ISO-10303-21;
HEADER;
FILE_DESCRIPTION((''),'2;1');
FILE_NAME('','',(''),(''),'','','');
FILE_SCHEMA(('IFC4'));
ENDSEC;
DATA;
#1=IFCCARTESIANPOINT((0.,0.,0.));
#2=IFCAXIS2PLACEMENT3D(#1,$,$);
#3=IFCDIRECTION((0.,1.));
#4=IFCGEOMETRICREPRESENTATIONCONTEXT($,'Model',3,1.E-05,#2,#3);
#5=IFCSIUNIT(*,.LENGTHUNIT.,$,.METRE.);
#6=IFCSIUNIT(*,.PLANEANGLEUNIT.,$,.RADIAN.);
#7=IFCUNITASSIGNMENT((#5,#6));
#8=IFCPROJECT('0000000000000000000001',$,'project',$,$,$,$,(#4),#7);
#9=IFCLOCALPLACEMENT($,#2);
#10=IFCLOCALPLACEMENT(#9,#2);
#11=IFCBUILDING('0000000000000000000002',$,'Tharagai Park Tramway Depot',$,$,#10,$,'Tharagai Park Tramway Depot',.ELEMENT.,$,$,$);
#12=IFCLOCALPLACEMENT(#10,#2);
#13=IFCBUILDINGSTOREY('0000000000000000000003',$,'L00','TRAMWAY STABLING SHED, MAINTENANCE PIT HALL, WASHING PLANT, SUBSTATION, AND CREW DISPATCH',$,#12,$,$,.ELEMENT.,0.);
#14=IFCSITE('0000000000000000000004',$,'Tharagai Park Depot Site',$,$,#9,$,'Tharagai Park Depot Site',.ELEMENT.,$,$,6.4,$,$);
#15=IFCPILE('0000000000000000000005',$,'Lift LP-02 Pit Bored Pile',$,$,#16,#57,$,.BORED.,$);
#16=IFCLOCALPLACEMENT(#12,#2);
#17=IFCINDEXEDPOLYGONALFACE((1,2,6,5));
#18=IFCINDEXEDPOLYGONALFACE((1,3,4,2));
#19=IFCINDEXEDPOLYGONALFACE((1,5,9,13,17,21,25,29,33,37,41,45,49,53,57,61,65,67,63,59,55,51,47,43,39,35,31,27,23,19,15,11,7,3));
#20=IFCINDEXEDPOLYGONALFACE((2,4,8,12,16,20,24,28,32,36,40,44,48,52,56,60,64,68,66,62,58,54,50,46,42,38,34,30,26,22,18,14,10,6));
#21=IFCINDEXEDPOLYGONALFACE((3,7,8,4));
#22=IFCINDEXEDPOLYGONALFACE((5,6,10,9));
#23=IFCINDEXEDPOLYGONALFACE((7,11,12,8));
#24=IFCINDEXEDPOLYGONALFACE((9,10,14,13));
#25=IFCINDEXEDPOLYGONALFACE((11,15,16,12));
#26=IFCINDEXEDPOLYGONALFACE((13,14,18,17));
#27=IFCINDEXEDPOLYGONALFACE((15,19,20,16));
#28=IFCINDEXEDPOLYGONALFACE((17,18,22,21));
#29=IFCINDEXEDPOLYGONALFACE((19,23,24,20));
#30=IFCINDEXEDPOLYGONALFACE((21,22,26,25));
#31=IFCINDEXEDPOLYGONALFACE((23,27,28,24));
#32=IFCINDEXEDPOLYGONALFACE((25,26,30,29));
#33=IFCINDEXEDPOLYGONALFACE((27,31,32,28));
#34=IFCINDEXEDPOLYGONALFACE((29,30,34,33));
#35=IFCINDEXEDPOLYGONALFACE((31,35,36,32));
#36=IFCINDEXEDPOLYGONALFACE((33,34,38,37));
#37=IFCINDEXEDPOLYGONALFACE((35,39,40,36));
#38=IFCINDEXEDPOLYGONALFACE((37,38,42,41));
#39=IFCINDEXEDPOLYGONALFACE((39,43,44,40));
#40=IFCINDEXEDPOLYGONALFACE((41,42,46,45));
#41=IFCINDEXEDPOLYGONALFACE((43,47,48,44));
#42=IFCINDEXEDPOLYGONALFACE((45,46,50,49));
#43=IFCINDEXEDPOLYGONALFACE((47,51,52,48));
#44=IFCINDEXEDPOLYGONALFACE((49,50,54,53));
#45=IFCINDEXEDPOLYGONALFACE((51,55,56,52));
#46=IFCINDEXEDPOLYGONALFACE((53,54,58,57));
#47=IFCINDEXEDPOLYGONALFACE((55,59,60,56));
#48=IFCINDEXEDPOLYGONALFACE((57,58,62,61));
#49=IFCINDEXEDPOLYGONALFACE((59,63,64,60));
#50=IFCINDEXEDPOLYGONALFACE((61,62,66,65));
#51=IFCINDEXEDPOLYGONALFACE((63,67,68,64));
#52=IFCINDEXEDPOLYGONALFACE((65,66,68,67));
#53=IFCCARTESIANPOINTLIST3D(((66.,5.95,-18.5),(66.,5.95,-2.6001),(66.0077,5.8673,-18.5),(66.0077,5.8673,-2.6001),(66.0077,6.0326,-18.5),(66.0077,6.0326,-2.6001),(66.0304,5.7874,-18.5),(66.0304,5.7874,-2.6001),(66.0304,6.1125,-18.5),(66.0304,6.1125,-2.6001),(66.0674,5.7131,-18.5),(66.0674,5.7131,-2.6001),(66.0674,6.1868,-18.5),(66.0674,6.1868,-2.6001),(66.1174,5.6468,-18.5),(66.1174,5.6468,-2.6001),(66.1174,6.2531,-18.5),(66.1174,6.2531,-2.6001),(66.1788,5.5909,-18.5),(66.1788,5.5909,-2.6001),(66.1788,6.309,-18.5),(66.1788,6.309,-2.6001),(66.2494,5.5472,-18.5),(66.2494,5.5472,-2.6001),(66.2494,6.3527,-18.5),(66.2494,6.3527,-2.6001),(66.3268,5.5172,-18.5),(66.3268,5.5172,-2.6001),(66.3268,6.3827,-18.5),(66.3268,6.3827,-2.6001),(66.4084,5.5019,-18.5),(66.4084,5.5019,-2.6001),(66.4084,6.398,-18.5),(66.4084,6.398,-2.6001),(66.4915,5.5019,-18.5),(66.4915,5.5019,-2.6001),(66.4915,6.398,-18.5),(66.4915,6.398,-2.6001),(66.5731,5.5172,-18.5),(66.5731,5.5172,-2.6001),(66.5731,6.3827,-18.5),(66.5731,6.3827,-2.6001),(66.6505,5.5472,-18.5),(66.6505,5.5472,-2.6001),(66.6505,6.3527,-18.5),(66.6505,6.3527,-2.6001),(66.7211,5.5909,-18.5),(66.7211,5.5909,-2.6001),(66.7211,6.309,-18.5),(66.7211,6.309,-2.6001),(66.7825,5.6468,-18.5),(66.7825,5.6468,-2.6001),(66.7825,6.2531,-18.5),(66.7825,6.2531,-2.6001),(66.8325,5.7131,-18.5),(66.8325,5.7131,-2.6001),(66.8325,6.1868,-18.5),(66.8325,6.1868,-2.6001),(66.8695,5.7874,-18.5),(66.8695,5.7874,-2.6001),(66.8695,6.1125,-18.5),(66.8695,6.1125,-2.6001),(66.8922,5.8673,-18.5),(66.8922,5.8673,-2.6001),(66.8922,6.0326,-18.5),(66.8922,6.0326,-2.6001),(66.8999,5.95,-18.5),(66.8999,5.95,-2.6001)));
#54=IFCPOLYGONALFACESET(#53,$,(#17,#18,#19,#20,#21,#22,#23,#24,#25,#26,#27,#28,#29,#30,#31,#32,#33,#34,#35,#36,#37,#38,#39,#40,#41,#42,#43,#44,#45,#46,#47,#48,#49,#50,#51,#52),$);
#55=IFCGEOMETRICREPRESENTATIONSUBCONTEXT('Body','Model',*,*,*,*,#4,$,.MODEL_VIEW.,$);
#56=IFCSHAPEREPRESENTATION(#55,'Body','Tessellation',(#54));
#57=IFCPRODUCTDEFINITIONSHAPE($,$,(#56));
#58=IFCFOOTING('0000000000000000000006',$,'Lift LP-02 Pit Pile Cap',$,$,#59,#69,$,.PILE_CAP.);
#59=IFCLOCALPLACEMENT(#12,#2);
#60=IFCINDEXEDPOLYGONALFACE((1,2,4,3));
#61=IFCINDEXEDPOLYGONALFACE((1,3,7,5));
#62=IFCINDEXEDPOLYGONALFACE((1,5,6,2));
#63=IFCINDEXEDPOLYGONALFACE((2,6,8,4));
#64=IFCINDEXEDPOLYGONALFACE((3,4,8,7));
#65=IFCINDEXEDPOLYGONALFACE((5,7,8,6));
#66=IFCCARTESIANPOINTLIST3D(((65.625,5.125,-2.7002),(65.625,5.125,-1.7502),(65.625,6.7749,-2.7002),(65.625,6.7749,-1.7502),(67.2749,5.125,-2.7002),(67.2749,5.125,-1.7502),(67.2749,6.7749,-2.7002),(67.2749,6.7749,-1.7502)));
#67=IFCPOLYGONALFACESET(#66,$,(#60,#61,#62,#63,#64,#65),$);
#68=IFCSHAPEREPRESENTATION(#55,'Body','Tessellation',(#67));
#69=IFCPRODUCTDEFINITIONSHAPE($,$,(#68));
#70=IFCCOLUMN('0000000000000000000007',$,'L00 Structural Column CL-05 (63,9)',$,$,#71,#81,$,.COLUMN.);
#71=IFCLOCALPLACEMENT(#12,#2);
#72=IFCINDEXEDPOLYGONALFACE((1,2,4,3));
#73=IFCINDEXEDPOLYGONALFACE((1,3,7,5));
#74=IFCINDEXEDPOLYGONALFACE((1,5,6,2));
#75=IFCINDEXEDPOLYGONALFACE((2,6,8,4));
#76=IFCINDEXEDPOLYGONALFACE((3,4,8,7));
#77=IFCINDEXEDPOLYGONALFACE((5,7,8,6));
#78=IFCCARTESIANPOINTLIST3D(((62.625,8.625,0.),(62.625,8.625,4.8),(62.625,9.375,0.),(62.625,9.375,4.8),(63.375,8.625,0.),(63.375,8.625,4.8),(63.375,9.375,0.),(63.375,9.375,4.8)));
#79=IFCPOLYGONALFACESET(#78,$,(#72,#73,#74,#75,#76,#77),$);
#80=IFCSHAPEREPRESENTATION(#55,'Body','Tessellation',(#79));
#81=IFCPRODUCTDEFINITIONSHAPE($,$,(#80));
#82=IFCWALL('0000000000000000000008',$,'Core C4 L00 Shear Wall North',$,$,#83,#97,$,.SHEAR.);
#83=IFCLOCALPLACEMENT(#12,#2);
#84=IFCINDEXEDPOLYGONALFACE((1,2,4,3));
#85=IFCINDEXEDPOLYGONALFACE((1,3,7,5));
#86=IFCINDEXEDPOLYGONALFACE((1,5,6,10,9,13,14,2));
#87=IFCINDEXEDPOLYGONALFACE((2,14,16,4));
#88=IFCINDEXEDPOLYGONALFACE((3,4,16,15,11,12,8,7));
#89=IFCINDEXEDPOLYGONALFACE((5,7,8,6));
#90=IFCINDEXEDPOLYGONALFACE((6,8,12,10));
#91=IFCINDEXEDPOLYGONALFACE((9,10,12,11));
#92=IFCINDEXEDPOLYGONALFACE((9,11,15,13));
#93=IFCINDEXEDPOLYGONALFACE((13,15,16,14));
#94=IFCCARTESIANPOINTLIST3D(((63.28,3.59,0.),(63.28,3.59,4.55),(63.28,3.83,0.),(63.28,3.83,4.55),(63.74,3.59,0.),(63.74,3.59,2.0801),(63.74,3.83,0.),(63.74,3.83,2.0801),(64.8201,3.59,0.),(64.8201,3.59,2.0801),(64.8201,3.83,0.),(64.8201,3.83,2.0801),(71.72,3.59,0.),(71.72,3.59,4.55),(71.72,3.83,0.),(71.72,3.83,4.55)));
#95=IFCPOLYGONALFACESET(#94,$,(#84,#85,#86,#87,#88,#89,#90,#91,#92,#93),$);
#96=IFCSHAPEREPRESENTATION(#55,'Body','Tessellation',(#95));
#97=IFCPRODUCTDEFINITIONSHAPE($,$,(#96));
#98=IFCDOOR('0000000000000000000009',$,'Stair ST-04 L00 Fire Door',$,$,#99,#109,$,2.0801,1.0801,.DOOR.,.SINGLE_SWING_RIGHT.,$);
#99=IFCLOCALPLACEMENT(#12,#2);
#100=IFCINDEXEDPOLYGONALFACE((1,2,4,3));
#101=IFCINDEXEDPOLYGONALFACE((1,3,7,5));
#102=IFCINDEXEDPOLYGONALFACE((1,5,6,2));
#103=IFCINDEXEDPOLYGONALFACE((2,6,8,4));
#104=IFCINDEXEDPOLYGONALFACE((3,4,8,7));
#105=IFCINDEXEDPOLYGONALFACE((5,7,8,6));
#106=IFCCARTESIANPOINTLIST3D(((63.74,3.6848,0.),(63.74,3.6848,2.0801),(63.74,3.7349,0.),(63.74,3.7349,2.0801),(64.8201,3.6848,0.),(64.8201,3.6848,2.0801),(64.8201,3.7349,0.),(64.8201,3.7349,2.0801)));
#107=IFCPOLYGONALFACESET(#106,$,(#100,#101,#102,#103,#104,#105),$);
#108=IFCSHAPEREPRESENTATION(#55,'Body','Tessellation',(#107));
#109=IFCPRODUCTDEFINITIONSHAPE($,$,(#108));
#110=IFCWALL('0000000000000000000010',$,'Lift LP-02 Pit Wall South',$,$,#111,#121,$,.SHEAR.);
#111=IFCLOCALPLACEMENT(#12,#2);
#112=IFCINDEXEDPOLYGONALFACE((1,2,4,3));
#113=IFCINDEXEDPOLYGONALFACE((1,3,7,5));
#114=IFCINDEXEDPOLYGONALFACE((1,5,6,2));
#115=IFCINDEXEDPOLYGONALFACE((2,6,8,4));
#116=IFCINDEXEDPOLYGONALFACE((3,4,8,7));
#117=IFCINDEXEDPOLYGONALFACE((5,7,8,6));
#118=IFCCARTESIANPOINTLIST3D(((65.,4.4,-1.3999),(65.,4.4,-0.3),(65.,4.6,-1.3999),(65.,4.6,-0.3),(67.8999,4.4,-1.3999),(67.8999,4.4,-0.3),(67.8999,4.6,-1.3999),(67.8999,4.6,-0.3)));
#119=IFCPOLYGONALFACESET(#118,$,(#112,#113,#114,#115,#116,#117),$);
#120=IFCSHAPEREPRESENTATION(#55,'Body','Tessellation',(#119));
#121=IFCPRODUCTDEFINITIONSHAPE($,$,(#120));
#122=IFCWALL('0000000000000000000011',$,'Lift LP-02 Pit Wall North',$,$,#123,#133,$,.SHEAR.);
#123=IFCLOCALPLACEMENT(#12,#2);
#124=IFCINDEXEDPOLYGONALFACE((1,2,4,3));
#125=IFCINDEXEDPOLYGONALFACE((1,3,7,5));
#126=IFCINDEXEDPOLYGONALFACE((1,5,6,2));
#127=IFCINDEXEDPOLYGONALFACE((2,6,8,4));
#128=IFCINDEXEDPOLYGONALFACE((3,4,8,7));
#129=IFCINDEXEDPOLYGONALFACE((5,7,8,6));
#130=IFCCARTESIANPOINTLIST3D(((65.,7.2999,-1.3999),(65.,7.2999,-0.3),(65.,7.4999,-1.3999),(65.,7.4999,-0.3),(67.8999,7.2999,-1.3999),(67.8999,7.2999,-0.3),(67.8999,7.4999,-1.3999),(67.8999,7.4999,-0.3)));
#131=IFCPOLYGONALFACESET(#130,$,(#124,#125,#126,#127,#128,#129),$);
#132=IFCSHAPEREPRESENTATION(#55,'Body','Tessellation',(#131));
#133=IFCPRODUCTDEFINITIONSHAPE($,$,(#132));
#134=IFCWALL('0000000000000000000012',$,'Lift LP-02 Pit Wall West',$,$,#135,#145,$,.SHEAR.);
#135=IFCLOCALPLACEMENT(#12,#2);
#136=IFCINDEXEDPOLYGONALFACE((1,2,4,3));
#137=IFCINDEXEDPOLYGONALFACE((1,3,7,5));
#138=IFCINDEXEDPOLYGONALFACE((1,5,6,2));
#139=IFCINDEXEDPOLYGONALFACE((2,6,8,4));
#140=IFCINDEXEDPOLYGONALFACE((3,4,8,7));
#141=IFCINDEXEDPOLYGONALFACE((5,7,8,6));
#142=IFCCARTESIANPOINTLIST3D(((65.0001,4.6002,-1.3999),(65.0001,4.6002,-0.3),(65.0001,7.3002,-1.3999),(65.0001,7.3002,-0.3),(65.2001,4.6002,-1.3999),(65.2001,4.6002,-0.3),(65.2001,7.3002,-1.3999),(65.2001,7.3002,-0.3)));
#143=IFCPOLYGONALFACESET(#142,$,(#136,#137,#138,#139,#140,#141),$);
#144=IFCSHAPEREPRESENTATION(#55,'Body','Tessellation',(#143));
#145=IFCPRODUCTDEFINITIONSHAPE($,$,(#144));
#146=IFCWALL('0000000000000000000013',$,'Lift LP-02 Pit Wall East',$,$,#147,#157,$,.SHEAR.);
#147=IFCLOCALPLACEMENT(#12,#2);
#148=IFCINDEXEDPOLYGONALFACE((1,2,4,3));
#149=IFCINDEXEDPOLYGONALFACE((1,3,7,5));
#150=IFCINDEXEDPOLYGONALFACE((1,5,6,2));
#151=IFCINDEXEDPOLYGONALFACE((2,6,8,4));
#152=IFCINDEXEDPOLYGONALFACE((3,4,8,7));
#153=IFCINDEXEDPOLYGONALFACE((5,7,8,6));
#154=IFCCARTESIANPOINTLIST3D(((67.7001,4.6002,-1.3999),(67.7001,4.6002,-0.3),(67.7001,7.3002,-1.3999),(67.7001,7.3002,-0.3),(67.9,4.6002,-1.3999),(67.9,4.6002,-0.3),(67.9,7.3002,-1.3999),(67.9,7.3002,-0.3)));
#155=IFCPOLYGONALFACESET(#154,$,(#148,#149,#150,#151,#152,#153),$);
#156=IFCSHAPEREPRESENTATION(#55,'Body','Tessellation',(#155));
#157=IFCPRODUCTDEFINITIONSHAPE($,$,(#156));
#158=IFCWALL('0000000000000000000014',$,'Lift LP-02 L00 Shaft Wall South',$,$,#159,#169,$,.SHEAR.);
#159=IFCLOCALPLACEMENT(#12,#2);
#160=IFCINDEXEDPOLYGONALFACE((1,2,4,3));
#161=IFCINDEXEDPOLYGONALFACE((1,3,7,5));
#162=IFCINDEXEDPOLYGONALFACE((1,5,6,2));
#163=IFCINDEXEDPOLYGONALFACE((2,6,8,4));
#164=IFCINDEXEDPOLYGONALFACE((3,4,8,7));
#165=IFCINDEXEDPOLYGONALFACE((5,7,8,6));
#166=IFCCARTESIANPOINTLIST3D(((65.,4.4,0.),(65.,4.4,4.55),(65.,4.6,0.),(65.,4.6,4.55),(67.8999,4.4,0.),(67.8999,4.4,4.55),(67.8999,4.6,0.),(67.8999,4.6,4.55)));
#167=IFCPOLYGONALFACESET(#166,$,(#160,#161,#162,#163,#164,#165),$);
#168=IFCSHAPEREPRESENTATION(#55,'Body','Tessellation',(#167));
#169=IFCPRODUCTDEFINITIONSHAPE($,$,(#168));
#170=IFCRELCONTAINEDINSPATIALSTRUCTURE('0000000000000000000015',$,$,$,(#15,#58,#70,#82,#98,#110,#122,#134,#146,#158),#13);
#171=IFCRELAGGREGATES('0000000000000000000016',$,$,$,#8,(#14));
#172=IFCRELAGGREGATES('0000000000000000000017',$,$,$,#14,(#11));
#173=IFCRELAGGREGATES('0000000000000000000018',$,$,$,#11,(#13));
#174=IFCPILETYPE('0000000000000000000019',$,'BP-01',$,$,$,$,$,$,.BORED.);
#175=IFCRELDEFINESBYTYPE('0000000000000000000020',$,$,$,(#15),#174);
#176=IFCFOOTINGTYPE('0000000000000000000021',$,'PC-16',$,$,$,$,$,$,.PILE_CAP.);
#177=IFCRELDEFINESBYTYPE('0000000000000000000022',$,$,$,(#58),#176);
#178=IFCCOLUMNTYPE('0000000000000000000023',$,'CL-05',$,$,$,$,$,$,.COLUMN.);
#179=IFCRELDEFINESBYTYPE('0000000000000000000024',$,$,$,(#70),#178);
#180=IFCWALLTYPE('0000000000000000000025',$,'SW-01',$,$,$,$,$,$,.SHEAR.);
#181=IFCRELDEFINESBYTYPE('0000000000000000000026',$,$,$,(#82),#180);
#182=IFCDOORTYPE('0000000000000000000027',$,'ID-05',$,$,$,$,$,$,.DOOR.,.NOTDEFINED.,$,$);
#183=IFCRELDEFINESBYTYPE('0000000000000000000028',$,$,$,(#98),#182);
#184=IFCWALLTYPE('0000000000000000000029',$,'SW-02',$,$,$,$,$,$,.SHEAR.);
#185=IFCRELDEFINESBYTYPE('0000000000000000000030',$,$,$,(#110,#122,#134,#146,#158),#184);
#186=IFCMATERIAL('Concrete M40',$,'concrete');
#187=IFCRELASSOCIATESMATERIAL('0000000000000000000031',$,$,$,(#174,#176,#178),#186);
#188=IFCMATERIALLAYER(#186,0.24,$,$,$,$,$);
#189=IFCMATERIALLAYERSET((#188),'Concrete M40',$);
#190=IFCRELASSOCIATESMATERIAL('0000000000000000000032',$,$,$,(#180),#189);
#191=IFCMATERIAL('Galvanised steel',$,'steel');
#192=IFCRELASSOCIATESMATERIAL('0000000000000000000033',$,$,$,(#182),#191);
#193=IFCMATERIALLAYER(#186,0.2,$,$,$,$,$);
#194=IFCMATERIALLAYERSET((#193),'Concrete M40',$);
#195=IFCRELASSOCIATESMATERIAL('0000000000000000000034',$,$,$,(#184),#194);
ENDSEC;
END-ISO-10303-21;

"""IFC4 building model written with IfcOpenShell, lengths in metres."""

from ifc_helpers import new_model, si_unit, direction, frame, frame_2d, origin, origin_2d, place, context, subcontext, project, spatial, rectangle, circle, extrude, material, layer, layer_set, material_profile, profile_set, type_object, element, fill, save


model = new_model("IFC4")

# Units and contexts
model_context = context("Model", 3, precision=1e-05, world=origin(), true_north=direction((0.0, 1.0)))
body_context = subcontext(model_context, "Body", "Model", "MODEL_VIEW")
ifc_project = project(units=[si_unit("LENGTHUNIT", "METRE"), si_unit("PLANEANGLEUNIT", "RADIAN")], contexts=[model_context])

# Site, building, storey
site_placement = place(None, origin())
site = spatial("IfcSite", under=ifc_project, at=site_placement, Name="Tharagai Park Depot Site", LongName="Tharagai Park Depot Site", CompositionType="ELEMENT", RefElevation=6.4)
building_placement = place(site_placement, origin())
building = spatial("IfcBuilding", under=site, at=building_placement, Name="Tharagai Park Tramway Depot", LongName="Tharagai Park Tramway Depot", CompositionType="ELEMENT")
storey_placement = place(building_placement, origin())
storey = spatial("IfcBuildingStorey", under=building, at=storey_placement, Name="L00", Description="TRAMWAY STABLING SHED, MAINTENANCE PIT HALL, WASHING PLANT, SUBSTATION, AND CREW DISPATCH", CompositionType="ELEMENT", Elevation=0.0)

# Pile
ifc_material_1 = material(Name="Concrete M40", Category="concrete")
ifc_material_profile_1 = material_profile(ifc_material_1, circle(Radius=0.45, at=origin_2d()), Name="PILE D900")
ifc_profile_set_1 = profile_set([ifc_material_profile_1], Name="Concrete M40")
pile_type = type_object("IfcPileType", Name="BP-01", PredefinedType="BORED", material=ifc_profile_set_1)
pile_1_placement = place(storey_placement, frame((66.45, 5.95, -2.6001), z_axis=(0.0, 0.0, -1.0), x_axis=(1.0, 0.0, 0.0)))
element("IfcPile", 1, at=pile_1_placement, inside=storey, type_object=pile_type, Name="Lift LP-02 Pit Bored Pile", PredefinedType="BORED", context=body_context, shape_type="SweptSolid", body=[
    extrude(circle(Radius=0.45, at=origin_2d()), origin(), (0.0, 0.0, 1.0), 15.8999),
])

# Footing
footing_type = type_object("IfcFootingType", Name="PC-16", PredefinedType="PILE_CAP", material=ifc_material_1)
footing_placement = place(storey_placement, frame((66.45, 5.95, -2.7002), z_axis=(0.0, 0.0, 1.0), x_axis=(1.0, 0.0, 0.0)))
element("IfcFooting", 2, at=footing_placement, inside=storey, type_object=footing_type, Name="Lift LP-02 Pit Pile Cap", PredefinedType="PILE_CAP", context=body_context, shape_type="SweptSolid", body=[
    extrude(rectangle(XDim=1.6499, YDim=1.6499, at=origin_2d()), origin(), (0.0, 0.0, 1.0), 0.95),
])

# Column
ifc_material_profile_2 = material_profile(ifc_material_1, rectangle(XDim=0.75, YDim=0.75, at=origin_2d()), Name="RC 750x750")
ifc_profile_set_2 = profile_set([ifc_material_profile_2], Name="Concrete M40")
column_type = type_object("IfcColumnType", Name="CL-05", PredefinedType="COLUMN", material=ifc_profile_set_2)
column_placement = place(storey_placement, frame((63.0, 9.0, 0.0), z_axis=(0.0, 0.0, 1.0), x_axis=(1.0, 0.0, 0.0)))
element("IfcColumn", 3, at=column_placement, inside=storey, type_object=column_type, Name="L00 Structural Column CL-05 (63,9)", PredefinedType="COLUMN", context=body_context, shape_type="SweptSolid", body=[
    extrude(rectangle(XDim=0.75, YDim=0.75, at=origin_2d()), origin(), (0.0, 0.0, 1.0), 4.8),
])

# Wall, opening, door
ifc_layer_1 = layer(ifc_material_1, 0.24)
ifc_layer_set_1 = layer_set([ifc_layer_1], Name="Concrete M40")
wall_type_1 = type_object("IfcWallType", Name="SW-01", PredefinedType="SHEAR", material=ifc_layer_set_1)
wall_1_placement = place(storey_placement, frame((63.28, 3.71, 0.0), z_axis=(0.0, 0.0, 1.0), x_axis=(1.0, 0.0, 0.0)))
wall_1 = element("IfcWall", 4, at=wall_1_placement, inside=storey, type_object=wall_type_1, Name="Core C4 L00 Shear Wall North", PredefinedType="SHEAR", context=body_context, shape_type="SweptSolid", body=[
    extrude(rectangle(XDim=8.4399, YDim=0.24, at=frame_2d((4.22, 0.0))), origin(), (0.0, 0.0, 1.0), 4.55),
])
opening_1_placement = place(wall_1_placement, frame((0.46, 0.0, 0.0)))
opening_1 = element("IfcOpeningElement", 5, at=opening_1_placement, cuts=wall_1, PredefinedType="OPENING", context=body_context, shape_type="SweptSolid", body=[
    extrude(rectangle(XDim=1.0801, YDim=2.0801, at=frame_2d((0.54, 1.04))), frame((0.0, 0.1299, 0.0), z_axis=(0.0, -1.0, 0.0), x_axis=(1.0, 0.0, 0.0)), (0.0, 0.0, 1.0), 0.26),
])
ifc_material_2 = material(Name="Galvanised steel", Category="steel")
door_type_1 = type_object("IfcDoorType", Name="ID-05", OperationType="NOTDEFINED", PredefinedType="DOOR", material=ifc_material_2)
door_1_placement = place(opening_1_placement, origin())
door_1 = element("IfcDoor", 6, at=door_1_placement, inside=storey, type_object=door_type_1, Name="Stair ST-04 L00 Fire Door", OperationType="SINGLE_SWING_RIGHT", OverallHeight=2.0801, OverallWidth=1.0801, PredefinedType="DOOR", context=body_context, shape_type="SweptSolid", body=[
    extrude(rectangle(XDim=1.0801, YDim=2.0801, at=frame_2d((0.54, 1.04))), frame((0.0, 0.0249, 0.0), z_axis=(0.0, -1.0, 0.0), x_axis=(1.0, 0.0, 0.0)), (0.0, 0.0, 1.0), 0.05),
])
fill(opening_1, door_1)

# Walls
ifc_layer_2 = layer(ifc_material_1, 0.2)
ifc_layer_set_2 = layer_set([ifc_layer_2], Name="Concrete M40")
wall_type_2 = type_object("IfcWallType", Name="SW-02", PredefinedType="SHEAR", material=ifc_layer_set_2)
for number, where, z_axis, x_axis, name in (
    (7, (65.0, 4.5, -1.3999), (0.0, 0.0, 1.0), (1.0, 0.0, 0.0), "Lift LP-02 Pit Wall South"),
    (8, (65.0, 7.3999, -1.3999), (0.0, 0.0, 1.0), (1.0, 0.0, 0.0), "Lift LP-02 Pit Wall North"),
):
    element("IfcWall", number, at=place(storey_placement, frame(where, z_axis=z_axis, x_axis=x_axis)), inside=storey, type_object=wall_type_2, Name=name, PredefinedType="SHEAR", context=body_context, shape_type="SweptSolid", body=[
        extrude(rectangle(XDim=2.8999, YDim=0.2, at=frame_2d((1.45, 0.0))), origin(), (0.0, 0.0, 1.0), 1.0999),
    ])
for number, where, z_axis, x_axis, name in (
    (9, (65.1001, 4.6001, -1.3999), (0.0, 0.0, 1.0), (0.0, 1.0, 0.0), "Lift LP-02 Pit Wall West"),
    (10, (67.8, 4.6001, -1.3999), (0.0, 0.0, 1.0), (0.0, 1.0, 0.0), "Lift LP-02 Pit Wall East"),
):
    element("IfcWall", number, at=place(storey_placement, frame(where, z_axis=z_axis, x_axis=x_axis)), inside=storey, type_object=wall_type_2, Name=name, PredefinedType="SHEAR", context=body_context, shape_type="SweptSolid", body=[
        extrude(rectangle(XDim=2.7, YDim=0.2, at=frame_2d((1.3501, 0.0))), origin(), (0.0, 0.0, 1.0), 1.0999),
    ])
wall_2_placement = place(storey_placement, frame((65.0, 4.5, 0.0), z_axis=(0.0, 0.0, 1.0), x_axis=(1.0, 0.0, 0.0)))
element("IfcWall", 11, at=wall_2_placement, inside=storey, type_object=wall_type_2, Name="Lift LP-02 L00 Shaft Wall South", PredefinedType="SHEAR", context=body_context, shape_type="SweptSolid", body=[
    extrude(rectangle(XDim=2.8999, YDim=0.2, at=frame_2d((1.45, 0.0))), origin(), (0.0, 0.0, 1.0), 4.55),
])

save(model, "model.ifc")
